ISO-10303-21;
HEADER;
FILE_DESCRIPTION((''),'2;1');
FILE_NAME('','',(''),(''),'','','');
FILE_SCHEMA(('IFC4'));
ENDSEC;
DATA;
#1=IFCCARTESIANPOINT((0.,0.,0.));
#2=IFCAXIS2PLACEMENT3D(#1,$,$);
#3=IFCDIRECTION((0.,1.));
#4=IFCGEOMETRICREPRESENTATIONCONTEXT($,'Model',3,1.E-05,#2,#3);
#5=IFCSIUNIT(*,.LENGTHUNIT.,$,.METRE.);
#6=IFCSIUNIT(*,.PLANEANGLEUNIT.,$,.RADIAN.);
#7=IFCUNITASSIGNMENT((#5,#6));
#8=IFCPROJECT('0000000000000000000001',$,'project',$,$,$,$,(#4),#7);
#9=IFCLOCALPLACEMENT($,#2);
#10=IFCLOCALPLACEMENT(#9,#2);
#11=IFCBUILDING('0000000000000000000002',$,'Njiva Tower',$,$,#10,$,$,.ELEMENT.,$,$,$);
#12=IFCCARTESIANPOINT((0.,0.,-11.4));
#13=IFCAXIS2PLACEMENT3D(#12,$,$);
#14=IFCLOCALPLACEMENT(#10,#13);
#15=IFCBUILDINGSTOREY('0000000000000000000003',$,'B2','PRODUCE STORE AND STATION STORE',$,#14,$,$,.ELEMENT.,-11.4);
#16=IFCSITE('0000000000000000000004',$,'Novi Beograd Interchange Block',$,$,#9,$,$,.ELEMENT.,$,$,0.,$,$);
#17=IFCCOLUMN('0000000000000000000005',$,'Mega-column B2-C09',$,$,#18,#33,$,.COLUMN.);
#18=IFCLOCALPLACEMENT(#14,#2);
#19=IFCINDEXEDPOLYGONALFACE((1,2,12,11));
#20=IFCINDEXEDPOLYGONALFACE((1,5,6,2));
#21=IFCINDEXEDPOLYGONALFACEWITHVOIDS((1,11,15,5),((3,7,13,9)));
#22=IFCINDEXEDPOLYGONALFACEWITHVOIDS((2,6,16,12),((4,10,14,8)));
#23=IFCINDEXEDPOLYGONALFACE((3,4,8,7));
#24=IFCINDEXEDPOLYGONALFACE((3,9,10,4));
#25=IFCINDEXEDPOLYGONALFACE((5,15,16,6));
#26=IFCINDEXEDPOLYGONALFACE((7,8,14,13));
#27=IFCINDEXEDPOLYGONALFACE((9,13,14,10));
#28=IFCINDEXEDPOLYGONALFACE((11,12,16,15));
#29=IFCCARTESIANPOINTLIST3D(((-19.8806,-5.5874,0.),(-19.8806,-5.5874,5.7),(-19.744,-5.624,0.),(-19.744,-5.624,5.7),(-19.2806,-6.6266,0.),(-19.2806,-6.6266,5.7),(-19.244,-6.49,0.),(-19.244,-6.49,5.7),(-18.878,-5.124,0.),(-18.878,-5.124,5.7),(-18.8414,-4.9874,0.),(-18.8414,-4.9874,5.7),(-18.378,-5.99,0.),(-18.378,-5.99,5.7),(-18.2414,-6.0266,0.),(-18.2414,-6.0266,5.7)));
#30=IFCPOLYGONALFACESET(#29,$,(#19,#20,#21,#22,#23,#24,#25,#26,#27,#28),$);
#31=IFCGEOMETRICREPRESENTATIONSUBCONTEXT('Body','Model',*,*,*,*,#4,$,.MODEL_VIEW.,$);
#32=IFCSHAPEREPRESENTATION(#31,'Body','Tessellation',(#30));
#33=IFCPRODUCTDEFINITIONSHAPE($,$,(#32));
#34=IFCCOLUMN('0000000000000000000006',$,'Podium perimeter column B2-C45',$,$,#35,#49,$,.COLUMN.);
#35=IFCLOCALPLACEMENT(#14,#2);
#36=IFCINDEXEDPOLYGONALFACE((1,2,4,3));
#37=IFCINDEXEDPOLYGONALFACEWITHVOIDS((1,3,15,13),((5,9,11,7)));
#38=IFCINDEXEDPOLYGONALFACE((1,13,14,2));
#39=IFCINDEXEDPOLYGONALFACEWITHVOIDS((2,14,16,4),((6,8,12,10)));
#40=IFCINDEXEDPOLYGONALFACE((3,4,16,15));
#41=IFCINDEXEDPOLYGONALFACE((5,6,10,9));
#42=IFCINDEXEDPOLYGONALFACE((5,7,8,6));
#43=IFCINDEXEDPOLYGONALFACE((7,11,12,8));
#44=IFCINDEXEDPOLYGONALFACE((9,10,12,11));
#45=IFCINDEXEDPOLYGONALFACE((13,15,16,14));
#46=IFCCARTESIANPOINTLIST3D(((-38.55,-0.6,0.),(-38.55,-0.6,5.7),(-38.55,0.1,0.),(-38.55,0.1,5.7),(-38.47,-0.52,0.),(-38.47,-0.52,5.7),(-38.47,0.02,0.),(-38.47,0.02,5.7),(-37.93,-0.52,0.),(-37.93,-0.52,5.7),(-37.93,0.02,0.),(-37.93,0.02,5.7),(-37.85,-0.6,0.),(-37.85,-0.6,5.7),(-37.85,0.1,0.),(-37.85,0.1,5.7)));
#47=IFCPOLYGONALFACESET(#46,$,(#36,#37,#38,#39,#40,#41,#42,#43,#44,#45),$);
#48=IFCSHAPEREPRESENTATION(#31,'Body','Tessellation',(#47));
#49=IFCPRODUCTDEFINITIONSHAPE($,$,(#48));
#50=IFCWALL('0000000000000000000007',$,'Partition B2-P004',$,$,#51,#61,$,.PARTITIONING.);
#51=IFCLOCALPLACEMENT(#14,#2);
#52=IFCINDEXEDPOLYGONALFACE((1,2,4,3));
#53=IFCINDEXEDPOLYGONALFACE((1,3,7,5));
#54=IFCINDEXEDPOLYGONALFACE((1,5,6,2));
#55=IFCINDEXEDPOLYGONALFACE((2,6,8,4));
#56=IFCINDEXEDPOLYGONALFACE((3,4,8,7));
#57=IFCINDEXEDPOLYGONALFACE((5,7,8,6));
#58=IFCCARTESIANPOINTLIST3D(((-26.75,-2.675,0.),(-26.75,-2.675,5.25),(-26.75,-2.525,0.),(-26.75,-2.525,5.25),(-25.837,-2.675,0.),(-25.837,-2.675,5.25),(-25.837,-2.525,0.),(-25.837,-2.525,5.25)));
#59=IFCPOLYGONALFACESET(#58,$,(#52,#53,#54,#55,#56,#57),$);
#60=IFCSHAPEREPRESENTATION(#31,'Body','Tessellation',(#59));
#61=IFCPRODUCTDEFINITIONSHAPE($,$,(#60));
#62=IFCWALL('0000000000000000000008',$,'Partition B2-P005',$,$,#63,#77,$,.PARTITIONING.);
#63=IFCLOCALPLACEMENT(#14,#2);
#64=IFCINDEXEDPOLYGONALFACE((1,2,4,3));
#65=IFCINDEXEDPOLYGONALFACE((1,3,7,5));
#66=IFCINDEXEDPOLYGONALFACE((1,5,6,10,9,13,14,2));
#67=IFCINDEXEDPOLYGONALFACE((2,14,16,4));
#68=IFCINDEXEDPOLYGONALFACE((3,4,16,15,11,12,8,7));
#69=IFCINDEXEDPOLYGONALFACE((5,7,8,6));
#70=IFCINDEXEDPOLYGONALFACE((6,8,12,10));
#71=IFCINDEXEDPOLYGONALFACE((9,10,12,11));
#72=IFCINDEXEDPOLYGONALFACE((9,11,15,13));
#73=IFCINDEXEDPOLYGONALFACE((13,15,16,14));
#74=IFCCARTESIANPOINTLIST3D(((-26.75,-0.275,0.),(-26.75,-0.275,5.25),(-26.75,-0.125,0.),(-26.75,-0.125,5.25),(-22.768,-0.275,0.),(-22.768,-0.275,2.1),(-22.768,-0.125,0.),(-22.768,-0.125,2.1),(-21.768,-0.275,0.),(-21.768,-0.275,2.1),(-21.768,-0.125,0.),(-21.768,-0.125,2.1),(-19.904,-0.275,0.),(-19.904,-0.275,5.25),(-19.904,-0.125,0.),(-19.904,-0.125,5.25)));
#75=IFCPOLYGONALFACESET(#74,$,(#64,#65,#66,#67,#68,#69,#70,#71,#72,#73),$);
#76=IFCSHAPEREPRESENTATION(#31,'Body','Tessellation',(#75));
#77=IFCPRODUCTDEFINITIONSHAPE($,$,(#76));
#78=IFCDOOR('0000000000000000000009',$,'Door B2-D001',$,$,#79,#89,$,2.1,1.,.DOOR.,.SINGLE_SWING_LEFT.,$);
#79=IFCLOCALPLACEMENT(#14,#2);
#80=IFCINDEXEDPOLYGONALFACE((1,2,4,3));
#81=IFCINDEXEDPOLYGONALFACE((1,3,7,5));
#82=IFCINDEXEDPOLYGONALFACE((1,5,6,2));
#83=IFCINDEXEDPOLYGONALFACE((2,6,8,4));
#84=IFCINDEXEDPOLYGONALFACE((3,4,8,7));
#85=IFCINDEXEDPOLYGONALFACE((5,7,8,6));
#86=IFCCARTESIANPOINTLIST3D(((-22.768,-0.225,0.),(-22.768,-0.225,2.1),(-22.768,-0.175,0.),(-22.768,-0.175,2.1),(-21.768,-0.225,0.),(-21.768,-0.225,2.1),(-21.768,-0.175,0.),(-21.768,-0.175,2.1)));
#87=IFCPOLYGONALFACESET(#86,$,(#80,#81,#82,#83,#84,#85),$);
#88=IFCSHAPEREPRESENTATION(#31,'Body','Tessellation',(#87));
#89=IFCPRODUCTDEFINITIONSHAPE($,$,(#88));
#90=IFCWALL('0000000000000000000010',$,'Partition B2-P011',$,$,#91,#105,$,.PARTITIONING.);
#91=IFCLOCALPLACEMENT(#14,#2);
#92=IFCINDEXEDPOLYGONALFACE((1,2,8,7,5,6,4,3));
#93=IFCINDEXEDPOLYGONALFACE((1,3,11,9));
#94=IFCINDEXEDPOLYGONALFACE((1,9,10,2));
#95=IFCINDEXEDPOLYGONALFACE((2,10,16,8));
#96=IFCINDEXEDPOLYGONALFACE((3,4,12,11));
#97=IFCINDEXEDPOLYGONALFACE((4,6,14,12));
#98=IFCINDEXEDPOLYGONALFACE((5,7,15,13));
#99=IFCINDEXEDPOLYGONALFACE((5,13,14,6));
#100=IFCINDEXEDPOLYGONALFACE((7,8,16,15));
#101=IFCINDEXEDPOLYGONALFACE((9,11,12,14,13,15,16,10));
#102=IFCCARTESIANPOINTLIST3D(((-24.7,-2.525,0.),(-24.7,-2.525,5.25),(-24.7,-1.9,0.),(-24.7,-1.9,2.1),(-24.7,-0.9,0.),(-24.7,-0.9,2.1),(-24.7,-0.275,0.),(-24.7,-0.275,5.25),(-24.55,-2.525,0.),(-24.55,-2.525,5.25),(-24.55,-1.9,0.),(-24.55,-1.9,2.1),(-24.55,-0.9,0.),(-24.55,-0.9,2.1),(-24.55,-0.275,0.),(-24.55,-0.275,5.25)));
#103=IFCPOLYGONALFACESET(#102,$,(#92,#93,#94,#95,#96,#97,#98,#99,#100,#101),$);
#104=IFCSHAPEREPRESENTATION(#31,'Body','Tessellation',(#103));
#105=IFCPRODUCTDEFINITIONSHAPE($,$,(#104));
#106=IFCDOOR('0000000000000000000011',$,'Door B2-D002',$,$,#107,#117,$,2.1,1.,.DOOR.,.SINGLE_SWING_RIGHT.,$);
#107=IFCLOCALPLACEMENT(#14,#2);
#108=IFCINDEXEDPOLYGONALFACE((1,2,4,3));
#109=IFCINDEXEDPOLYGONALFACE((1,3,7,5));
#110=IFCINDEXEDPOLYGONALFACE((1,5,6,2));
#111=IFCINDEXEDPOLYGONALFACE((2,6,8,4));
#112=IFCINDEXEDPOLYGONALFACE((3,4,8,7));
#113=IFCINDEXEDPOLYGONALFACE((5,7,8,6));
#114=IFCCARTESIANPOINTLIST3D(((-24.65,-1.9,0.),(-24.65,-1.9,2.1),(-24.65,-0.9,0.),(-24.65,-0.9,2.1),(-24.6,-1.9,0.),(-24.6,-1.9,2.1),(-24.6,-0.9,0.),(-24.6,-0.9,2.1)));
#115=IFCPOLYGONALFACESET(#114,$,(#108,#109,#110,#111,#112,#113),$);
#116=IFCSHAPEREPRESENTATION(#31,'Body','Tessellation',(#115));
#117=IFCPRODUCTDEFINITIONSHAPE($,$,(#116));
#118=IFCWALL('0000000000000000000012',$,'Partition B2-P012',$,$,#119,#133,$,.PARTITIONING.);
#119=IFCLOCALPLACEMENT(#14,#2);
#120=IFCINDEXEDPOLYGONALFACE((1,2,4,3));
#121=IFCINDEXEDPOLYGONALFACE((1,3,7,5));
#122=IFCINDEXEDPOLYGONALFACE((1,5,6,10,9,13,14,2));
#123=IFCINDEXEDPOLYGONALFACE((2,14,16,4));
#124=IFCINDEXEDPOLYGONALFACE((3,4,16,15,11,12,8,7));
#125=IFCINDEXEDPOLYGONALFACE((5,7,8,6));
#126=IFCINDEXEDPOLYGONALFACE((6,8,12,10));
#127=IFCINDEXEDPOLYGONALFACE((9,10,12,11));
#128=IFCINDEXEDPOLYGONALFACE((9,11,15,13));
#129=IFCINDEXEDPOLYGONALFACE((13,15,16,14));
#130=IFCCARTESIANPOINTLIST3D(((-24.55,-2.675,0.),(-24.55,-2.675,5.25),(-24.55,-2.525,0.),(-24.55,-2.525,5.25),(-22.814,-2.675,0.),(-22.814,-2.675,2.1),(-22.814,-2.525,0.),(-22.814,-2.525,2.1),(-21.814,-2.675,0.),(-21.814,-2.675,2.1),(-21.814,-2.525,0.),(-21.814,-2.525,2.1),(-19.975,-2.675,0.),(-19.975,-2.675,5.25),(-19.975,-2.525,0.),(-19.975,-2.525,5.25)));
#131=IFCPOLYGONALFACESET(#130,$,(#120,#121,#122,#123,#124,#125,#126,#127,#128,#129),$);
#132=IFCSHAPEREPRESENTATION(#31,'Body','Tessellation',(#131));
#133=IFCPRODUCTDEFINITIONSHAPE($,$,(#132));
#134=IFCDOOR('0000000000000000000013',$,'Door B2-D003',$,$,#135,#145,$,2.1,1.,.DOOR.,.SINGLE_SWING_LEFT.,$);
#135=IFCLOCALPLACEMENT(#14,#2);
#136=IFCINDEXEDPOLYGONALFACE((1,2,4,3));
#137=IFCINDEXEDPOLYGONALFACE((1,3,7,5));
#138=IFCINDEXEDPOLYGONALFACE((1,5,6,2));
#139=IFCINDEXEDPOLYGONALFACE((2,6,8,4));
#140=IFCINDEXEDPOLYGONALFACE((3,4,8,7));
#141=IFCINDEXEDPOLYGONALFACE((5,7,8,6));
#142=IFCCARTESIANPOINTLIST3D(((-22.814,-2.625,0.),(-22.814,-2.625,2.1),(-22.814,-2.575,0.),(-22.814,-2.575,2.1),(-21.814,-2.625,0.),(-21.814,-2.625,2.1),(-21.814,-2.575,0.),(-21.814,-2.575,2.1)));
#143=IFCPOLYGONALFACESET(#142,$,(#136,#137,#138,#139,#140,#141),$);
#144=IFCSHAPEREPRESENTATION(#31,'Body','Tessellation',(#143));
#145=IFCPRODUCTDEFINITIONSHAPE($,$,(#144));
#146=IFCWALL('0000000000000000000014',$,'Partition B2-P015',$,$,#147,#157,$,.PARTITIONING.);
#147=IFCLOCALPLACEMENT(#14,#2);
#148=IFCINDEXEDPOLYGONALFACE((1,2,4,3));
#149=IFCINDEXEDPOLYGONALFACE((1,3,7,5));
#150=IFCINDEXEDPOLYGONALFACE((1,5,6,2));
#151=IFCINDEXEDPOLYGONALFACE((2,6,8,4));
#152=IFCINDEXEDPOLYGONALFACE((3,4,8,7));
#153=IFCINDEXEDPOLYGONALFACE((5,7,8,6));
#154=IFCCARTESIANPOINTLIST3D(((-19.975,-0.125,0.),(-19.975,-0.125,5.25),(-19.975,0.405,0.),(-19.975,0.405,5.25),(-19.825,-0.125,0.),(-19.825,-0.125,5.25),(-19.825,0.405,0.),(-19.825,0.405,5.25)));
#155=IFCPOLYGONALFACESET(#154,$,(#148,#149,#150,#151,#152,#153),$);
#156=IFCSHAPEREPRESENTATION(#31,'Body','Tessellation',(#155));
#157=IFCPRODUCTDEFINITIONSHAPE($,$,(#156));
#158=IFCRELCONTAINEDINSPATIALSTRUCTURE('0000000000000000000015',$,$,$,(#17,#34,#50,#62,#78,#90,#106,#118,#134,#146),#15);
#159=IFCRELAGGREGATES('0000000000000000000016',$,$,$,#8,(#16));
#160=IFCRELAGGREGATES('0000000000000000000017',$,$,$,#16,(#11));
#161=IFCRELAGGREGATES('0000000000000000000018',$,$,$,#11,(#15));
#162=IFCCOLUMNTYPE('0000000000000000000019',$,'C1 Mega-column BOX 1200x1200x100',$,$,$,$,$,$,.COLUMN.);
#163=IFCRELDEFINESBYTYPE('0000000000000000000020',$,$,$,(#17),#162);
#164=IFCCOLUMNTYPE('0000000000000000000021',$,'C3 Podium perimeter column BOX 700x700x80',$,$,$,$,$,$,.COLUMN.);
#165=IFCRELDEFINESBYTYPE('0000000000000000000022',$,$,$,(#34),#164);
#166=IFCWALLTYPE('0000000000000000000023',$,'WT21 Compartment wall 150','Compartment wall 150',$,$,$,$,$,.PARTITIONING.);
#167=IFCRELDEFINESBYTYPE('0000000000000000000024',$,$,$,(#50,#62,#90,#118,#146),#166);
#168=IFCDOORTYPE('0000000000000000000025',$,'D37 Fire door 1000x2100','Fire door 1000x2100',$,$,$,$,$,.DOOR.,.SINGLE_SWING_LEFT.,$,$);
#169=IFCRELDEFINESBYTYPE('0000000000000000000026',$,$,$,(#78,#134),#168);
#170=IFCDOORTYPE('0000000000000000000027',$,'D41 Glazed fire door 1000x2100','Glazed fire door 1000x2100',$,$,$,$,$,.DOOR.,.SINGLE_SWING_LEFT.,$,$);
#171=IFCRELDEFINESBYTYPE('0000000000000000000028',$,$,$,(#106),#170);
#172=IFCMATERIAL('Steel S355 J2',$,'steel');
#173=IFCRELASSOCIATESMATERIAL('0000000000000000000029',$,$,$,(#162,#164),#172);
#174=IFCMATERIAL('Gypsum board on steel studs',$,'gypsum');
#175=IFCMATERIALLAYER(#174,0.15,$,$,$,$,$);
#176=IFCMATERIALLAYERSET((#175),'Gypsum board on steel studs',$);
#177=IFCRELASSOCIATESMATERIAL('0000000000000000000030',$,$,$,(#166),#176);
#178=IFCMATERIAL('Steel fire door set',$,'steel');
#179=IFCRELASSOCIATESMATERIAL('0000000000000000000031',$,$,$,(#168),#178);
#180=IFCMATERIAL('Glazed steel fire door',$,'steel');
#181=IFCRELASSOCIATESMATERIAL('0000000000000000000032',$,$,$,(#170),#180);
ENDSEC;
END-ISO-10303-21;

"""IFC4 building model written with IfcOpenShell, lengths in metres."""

from ifc_helpers import new_model, si_unit, direction, frame, frame_2d, origin, origin_2d, place, context, subcontext, project, spatial, rectangle, hollow_rectangle, extrude, material, layer, layer_set, material_profile, profile_set, type_object, element, fill, save


model = new_model("IFC4")

# Units and contexts
model_context = context("Model", 3, precision=1e-05, world=origin(), true_north=direction((0.0, 1.0)))
body_context = subcontext(model_context, "Body", "Model", "MODEL_VIEW")
ifc_project = project(units=[si_unit("LENGTHUNIT", "METRE"), si_unit("PLANEANGLEUNIT", "RADIAN")], contexts=[model_context])

# Site, building, storey
site_placement = place(None, origin())
site = spatial("IfcSite", under=ifc_project, at=site_placement, Name="Novi Beograd Interchange Block", CompositionType="ELEMENT", RefElevation=0.0)
building_placement = place(site_placement, origin())
building = spatial("IfcBuilding", under=site, at=building_placement, Name="Njiva Tower", CompositionType="ELEMENT")
storey_placement = place(building_placement, frame((0.0, 0.0, -11.4)))
storey = spatial("IfcBuildingStorey", under=building, at=storey_placement, Name="B2", Description="PRODUCE STORE AND STATION STORE", CompositionType="ELEMENT", Elevation=-11.4)

# Columns
ifc_material_1 = material(Name="Steel S355 J2", Category="steel")
ifc_material_profile_1 = material_profile(ifc_material_1, hollow_rectangle(XDim=1.2, YDim=1.2, WallThickness=0.1, at=origin_2d()), Name="BOX 1200x1200x100")
ifc_profile_set_1 = profile_set([ifc_material_profile_1], Name="Steel S355 J2")
column_type_1 = type_object("IfcColumnType", Name="C1 Mega-column BOX 1200x1200x100", PredefinedType="COLUMN", material=ifc_profile_set_1)
column_1_placement = place(storey_placement, frame((-19.061, -5.807, 0.0), z_axis=(0.0, 0.0, 1.0), x_axis=(0.5, -0.866025, 0.0)))
element("IfcColumn", 1, at=column_1_placement, inside=storey, type_object=column_type_1, Name="Mega-column B2-C09", PredefinedType="COLUMN", context=body_context, shape_type="SweptSolid", body=[
    extrude(hollow_rectangle(XDim=1.2, YDim=1.2, WallThickness=0.1, at=origin_2d()), origin(), (0.0, 0.0, 1.0), 5.7),
])
ifc_material_profile_2 = material_profile(ifc_material_1, hollow_rectangle(XDim=0.7, YDim=0.7, WallThickness=0.08, at=origin_2d()), Name="BOX 700x700x80")
ifc_profile_set_2 = profile_set([ifc_material_profile_2], Name="Steel S355 J2")
column_type_2 = type_object("IfcColumnType", Name="C3 Podium perimeter column BOX 700x700x80", PredefinedType="COLUMN", material=ifc_profile_set_2)
column_2_placement = place(storey_placement, frame((-38.2, -0.25, 0.0), z_axis=(0.0, 0.0, 1.0), x_axis=(0.0, -1.0, 0.0)))
element("IfcColumn", 2, at=column_2_placement, inside=storey, type_object=column_type_2, Name="Podium perimeter column B2-C45", PredefinedType="COLUMN", context=body_context, shape_type="SweptSolid", body=[
    extrude(hollow_rectangle(XDim=0.7, YDim=0.7, WallThickness=0.08, at=origin_2d()), origin(), (0.0, 0.0, 1.0), 5.7),
])

# Wall
ifc_material_2 = material(Name="Gypsum board on steel studs", Category="gypsum")
ifc_layer_1 = layer(ifc_material_2, 0.15)
ifc_layer_set_1 = layer_set([ifc_layer_1], Name="Gypsum board on steel studs")
wall_type_1 = type_object("IfcWallType", Name="WT21 Compartment wall 150", Description="Compartment wall 150", PredefinedType="PARTITIONING", material=ifc_layer_set_1)
wall_1_placement = place(storey_placement, frame((-26.75, -2.6, 0.0), z_axis=(0.0, 0.0, 1.0), x_axis=(1.0, 0.0, 0.0)))
element("IfcWall", 3, at=wall_1_placement, inside=storey, type_object=wall_type_1, Name="Partition B2-P004", PredefinedType="PARTITIONING", context=body_context, shape_type="SweptSolid", body=[
    extrude(rectangle(XDim=0.913, YDim=0.15, at=frame_2d((0.4565, 0.0))), origin(), (0.0, 0.0, 1.0), 5.25),
])

# Walls, openings, doors
wall_2_placement = place(storey_placement, frame((-26.75, -0.2, 0.0), z_axis=(0.0, 0.0, 1.0), x_axis=(1.0, 0.0, 0.0)))
wall_2 = element("IfcWall", 4, at=wall_2_placement, inside=storey, type_object=wall_type_1, Name="Partition B2-P005", PredefinedType="PARTITIONING", context=body_context, shape_type="SweptSolid", body=[
    extrude(rectangle(XDim=6.846, YDim=0.15, at=frame_2d((3.423, 0.0))), origin(), (0.0, 0.0, 1.0), 5.25),
])
opening_1_placement = place(wall_2_placement, frame((3.982, 0.0, 0.0)))
opening_1 = element("IfcOpeningElement", 5, at=opening_1_placement, cuts=wall_2, PredefinedType="OPENING", context=body_context, shape_type="SweptSolid", body=[
    extrude(rectangle(XDim=1.0, YDim=2.1, at=frame_2d((0.5, 1.05))), frame((0.0, 0.085, 0.0), z_axis=(0.0, -1.0, 0.0), x_axis=(1.0, 0.0, 0.0)), (0.0, 0.0, 1.0), 0.17),
])
ifc_material_3 = material(Name="Steel fire door set", Category="steel")
door_type_1 = type_object("IfcDoorType", Name="D37 Fire door 1000x2100", Description="Fire door 1000x2100", OperationType="SINGLE_SWING_LEFT", PredefinedType="DOOR", material=ifc_material_3)
door_1_placement = place(opening_1_placement, origin())
door_1 = element("IfcDoor", 6, at=door_1_placement, inside=storey, type_object=door_type_1, Name="Door B2-D001", OperationType="SINGLE_SWING_LEFT", OverallHeight=2.1, OverallWidth=1.0, PredefinedType="DOOR", context=body_context, shape_type="SweptSolid", body=[
    extrude(rectangle(XDim=1.0, YDim=2.1, at=frame_2d((0.5, 1.05))), frame((0.0, 0.025, 0.0), z_axis=(0.0, -1.0, 0.0), x_axis=(1.0, 0.0, 0.0)), (0.0, 0.0, 1.0), 0.05),
])
fill(opening_1, door_1)
wall_3_placement = place(storey_placement, frame((-24.625, -2.525, 0.0), z_axis=(0.0, 0.0, 1.0), x_axis=(0.0, 1.0, 0.0)))
wall_3 = element("IfcWall", 7, at=wall_3_placement, inside=storey, type_object=wall_type_1, Name="Partition B2-P011", PredefinedType="PARTITIONING", context=body_context, shape_type="SweptSolid", body=[
    extrude(rectangle(XDim=2.25, YDim=0.15, at=frame_2d((1.125, 0.0))), origin(), (0.0, 0.0, 1.0), 5.25),
])
opening_2_placement = place(wall_3_placement, frame((0.625, 0.0, 0.0)))
opening_2 = element("IfcOpeningElement", 8, at=opening_2_placement, cuts=wall_3, PredefinedType="OPENING", context=body_context, shape_type="SweptSolid", body=[
    extrude(rectangle(XDim=1.0, YDim=2.1, at=frame_2d((0.5, 1.05))), frame((0.0, 0.085, 0.0), z_axis=(0.0, -1.0, 0.0), x_axis=(1.0, 0.0, 0.0)), (0.0, 0.0, 1.0), 0.17),
])
ifc_material_4 = material(Name="Glazed steel fire door", Category="steel")
door_type_2 = type_object("IfcDoorType", Name="D41 Glazed fire door 1000x2100", Description="Glazed fire door 1000x2100", OperationType="SINGLE_SWING_LEFT", PredefinedType="DOOR", material=ifc_material_4)
door_2_placement = place(opening_2_placement, origin())
door_2 = element("IfcDoor", 9, at=door_2_placement, inside=storey, type_object=door_type_2, Name="Door B2-D002", OperationType="SINGLE_SWING_RIGHT", OverallHeight=2.1, OverallWidth=1.0, PredefinedType="DOOR", context=body_context, shape_type="SweptSolid", body=[
    extrude(rectangle(XDim=1.0, YDim=2.1, at=frame_2d((0.5, 1.05))), frame((0.0, 0.025, 0.0), z_axis=(0.0, -1.0, 0.0), x_axis=(1.0, 0.0, 0.0)), (0.0, 0.0, 1.0), 0.05),
])
fill(opening_2, door_2)
wall_4_placement = place(storey_placement, frame((-24.55, -2.6, 0.0), z_axis=(0.0, 0.0, 1.0), x_axis=(1.0, 0.0, 0.0)))
wall_4 = element("IfcWall", 10, at=wall_4_placement, inside=storey, type_object=wall_type_1, Name="Partition B2-P012", PredefinedType="PARTITIONING", context=body_context, shape_type="SweptSolid", body=[
    extrude(rectangle(XDim=4.575, YDim=0.15, at=frame_2d((2.2875, 0.0))), origin(), (0.0, 0.0, 1.0), 5.25),
])
opening_3_placement = place(wall_4_placement, frame((1.736, 0.0, 0.0)))
opening_3 = element("IfcOpeningElement", 11, at=opening_3_placement, cuts=wall_4, PredefinedType="OPENING", context=body_context, shape_type="SweptSolid", body=[
    extrude(rectangle(XDim=1.0, YDim=2.1, at=frame_2d((0.5, 1.05))), frame((0.0, 0.085, 0.0), z_axis=(0.0, -1.0, 0.0), x_axis=(1.0, 0.0, 0.0)), (0.0, 0.0, 1.0), 0.17),
])
door_3_placement = place(opening_3_placement, origin())
door_3 = element("IfcDoor", 12, at=door_3_placement, inside=storey, type_object=door_type_1, Name="Door B2-D003", OperationType="SINGLE_SWING_LEFT", OverallHeight=2.1, OverallWidth=1.0, PredefinedType="DOOR", context=body_context, shape_type="SweptSolid", body=[
    extrude(rectangle(XDim=1.0, YDim=2.1, at=frame_2d((0.5, 1.05))), frame((0.0, 0.025, 0.0), z_axis=(0.0, -1.0, 0.0), x_axis=(1.0, 0.0, 0.0)), (0.0, 0.0, 1.0), 0.05),
])
fill(opening_3, door_3)

# Wall
wall_5_placement = place(storey_placement, frame((-19.9, -0.125, 0.0), z_axis=(0.0, 0.0, 1.0), x_axis=(0.0, 1.0, 0.0)))
element("IfcWall", 13, at=wall_5_placement, inside=storey, type_object=wall_type_1, Name="Partition B2-P015", PredefinedType="PARTITIONING", context=body_context, shape_type="SweptSolid", body=[
    extrude(rectangle(XDim=0.53, YDim=0.15, at=frame_2d((0.265, 0.0))), origin(), (0.0, 0.0, 1.0), 5.25),
])

save(model, "model.ifc")
